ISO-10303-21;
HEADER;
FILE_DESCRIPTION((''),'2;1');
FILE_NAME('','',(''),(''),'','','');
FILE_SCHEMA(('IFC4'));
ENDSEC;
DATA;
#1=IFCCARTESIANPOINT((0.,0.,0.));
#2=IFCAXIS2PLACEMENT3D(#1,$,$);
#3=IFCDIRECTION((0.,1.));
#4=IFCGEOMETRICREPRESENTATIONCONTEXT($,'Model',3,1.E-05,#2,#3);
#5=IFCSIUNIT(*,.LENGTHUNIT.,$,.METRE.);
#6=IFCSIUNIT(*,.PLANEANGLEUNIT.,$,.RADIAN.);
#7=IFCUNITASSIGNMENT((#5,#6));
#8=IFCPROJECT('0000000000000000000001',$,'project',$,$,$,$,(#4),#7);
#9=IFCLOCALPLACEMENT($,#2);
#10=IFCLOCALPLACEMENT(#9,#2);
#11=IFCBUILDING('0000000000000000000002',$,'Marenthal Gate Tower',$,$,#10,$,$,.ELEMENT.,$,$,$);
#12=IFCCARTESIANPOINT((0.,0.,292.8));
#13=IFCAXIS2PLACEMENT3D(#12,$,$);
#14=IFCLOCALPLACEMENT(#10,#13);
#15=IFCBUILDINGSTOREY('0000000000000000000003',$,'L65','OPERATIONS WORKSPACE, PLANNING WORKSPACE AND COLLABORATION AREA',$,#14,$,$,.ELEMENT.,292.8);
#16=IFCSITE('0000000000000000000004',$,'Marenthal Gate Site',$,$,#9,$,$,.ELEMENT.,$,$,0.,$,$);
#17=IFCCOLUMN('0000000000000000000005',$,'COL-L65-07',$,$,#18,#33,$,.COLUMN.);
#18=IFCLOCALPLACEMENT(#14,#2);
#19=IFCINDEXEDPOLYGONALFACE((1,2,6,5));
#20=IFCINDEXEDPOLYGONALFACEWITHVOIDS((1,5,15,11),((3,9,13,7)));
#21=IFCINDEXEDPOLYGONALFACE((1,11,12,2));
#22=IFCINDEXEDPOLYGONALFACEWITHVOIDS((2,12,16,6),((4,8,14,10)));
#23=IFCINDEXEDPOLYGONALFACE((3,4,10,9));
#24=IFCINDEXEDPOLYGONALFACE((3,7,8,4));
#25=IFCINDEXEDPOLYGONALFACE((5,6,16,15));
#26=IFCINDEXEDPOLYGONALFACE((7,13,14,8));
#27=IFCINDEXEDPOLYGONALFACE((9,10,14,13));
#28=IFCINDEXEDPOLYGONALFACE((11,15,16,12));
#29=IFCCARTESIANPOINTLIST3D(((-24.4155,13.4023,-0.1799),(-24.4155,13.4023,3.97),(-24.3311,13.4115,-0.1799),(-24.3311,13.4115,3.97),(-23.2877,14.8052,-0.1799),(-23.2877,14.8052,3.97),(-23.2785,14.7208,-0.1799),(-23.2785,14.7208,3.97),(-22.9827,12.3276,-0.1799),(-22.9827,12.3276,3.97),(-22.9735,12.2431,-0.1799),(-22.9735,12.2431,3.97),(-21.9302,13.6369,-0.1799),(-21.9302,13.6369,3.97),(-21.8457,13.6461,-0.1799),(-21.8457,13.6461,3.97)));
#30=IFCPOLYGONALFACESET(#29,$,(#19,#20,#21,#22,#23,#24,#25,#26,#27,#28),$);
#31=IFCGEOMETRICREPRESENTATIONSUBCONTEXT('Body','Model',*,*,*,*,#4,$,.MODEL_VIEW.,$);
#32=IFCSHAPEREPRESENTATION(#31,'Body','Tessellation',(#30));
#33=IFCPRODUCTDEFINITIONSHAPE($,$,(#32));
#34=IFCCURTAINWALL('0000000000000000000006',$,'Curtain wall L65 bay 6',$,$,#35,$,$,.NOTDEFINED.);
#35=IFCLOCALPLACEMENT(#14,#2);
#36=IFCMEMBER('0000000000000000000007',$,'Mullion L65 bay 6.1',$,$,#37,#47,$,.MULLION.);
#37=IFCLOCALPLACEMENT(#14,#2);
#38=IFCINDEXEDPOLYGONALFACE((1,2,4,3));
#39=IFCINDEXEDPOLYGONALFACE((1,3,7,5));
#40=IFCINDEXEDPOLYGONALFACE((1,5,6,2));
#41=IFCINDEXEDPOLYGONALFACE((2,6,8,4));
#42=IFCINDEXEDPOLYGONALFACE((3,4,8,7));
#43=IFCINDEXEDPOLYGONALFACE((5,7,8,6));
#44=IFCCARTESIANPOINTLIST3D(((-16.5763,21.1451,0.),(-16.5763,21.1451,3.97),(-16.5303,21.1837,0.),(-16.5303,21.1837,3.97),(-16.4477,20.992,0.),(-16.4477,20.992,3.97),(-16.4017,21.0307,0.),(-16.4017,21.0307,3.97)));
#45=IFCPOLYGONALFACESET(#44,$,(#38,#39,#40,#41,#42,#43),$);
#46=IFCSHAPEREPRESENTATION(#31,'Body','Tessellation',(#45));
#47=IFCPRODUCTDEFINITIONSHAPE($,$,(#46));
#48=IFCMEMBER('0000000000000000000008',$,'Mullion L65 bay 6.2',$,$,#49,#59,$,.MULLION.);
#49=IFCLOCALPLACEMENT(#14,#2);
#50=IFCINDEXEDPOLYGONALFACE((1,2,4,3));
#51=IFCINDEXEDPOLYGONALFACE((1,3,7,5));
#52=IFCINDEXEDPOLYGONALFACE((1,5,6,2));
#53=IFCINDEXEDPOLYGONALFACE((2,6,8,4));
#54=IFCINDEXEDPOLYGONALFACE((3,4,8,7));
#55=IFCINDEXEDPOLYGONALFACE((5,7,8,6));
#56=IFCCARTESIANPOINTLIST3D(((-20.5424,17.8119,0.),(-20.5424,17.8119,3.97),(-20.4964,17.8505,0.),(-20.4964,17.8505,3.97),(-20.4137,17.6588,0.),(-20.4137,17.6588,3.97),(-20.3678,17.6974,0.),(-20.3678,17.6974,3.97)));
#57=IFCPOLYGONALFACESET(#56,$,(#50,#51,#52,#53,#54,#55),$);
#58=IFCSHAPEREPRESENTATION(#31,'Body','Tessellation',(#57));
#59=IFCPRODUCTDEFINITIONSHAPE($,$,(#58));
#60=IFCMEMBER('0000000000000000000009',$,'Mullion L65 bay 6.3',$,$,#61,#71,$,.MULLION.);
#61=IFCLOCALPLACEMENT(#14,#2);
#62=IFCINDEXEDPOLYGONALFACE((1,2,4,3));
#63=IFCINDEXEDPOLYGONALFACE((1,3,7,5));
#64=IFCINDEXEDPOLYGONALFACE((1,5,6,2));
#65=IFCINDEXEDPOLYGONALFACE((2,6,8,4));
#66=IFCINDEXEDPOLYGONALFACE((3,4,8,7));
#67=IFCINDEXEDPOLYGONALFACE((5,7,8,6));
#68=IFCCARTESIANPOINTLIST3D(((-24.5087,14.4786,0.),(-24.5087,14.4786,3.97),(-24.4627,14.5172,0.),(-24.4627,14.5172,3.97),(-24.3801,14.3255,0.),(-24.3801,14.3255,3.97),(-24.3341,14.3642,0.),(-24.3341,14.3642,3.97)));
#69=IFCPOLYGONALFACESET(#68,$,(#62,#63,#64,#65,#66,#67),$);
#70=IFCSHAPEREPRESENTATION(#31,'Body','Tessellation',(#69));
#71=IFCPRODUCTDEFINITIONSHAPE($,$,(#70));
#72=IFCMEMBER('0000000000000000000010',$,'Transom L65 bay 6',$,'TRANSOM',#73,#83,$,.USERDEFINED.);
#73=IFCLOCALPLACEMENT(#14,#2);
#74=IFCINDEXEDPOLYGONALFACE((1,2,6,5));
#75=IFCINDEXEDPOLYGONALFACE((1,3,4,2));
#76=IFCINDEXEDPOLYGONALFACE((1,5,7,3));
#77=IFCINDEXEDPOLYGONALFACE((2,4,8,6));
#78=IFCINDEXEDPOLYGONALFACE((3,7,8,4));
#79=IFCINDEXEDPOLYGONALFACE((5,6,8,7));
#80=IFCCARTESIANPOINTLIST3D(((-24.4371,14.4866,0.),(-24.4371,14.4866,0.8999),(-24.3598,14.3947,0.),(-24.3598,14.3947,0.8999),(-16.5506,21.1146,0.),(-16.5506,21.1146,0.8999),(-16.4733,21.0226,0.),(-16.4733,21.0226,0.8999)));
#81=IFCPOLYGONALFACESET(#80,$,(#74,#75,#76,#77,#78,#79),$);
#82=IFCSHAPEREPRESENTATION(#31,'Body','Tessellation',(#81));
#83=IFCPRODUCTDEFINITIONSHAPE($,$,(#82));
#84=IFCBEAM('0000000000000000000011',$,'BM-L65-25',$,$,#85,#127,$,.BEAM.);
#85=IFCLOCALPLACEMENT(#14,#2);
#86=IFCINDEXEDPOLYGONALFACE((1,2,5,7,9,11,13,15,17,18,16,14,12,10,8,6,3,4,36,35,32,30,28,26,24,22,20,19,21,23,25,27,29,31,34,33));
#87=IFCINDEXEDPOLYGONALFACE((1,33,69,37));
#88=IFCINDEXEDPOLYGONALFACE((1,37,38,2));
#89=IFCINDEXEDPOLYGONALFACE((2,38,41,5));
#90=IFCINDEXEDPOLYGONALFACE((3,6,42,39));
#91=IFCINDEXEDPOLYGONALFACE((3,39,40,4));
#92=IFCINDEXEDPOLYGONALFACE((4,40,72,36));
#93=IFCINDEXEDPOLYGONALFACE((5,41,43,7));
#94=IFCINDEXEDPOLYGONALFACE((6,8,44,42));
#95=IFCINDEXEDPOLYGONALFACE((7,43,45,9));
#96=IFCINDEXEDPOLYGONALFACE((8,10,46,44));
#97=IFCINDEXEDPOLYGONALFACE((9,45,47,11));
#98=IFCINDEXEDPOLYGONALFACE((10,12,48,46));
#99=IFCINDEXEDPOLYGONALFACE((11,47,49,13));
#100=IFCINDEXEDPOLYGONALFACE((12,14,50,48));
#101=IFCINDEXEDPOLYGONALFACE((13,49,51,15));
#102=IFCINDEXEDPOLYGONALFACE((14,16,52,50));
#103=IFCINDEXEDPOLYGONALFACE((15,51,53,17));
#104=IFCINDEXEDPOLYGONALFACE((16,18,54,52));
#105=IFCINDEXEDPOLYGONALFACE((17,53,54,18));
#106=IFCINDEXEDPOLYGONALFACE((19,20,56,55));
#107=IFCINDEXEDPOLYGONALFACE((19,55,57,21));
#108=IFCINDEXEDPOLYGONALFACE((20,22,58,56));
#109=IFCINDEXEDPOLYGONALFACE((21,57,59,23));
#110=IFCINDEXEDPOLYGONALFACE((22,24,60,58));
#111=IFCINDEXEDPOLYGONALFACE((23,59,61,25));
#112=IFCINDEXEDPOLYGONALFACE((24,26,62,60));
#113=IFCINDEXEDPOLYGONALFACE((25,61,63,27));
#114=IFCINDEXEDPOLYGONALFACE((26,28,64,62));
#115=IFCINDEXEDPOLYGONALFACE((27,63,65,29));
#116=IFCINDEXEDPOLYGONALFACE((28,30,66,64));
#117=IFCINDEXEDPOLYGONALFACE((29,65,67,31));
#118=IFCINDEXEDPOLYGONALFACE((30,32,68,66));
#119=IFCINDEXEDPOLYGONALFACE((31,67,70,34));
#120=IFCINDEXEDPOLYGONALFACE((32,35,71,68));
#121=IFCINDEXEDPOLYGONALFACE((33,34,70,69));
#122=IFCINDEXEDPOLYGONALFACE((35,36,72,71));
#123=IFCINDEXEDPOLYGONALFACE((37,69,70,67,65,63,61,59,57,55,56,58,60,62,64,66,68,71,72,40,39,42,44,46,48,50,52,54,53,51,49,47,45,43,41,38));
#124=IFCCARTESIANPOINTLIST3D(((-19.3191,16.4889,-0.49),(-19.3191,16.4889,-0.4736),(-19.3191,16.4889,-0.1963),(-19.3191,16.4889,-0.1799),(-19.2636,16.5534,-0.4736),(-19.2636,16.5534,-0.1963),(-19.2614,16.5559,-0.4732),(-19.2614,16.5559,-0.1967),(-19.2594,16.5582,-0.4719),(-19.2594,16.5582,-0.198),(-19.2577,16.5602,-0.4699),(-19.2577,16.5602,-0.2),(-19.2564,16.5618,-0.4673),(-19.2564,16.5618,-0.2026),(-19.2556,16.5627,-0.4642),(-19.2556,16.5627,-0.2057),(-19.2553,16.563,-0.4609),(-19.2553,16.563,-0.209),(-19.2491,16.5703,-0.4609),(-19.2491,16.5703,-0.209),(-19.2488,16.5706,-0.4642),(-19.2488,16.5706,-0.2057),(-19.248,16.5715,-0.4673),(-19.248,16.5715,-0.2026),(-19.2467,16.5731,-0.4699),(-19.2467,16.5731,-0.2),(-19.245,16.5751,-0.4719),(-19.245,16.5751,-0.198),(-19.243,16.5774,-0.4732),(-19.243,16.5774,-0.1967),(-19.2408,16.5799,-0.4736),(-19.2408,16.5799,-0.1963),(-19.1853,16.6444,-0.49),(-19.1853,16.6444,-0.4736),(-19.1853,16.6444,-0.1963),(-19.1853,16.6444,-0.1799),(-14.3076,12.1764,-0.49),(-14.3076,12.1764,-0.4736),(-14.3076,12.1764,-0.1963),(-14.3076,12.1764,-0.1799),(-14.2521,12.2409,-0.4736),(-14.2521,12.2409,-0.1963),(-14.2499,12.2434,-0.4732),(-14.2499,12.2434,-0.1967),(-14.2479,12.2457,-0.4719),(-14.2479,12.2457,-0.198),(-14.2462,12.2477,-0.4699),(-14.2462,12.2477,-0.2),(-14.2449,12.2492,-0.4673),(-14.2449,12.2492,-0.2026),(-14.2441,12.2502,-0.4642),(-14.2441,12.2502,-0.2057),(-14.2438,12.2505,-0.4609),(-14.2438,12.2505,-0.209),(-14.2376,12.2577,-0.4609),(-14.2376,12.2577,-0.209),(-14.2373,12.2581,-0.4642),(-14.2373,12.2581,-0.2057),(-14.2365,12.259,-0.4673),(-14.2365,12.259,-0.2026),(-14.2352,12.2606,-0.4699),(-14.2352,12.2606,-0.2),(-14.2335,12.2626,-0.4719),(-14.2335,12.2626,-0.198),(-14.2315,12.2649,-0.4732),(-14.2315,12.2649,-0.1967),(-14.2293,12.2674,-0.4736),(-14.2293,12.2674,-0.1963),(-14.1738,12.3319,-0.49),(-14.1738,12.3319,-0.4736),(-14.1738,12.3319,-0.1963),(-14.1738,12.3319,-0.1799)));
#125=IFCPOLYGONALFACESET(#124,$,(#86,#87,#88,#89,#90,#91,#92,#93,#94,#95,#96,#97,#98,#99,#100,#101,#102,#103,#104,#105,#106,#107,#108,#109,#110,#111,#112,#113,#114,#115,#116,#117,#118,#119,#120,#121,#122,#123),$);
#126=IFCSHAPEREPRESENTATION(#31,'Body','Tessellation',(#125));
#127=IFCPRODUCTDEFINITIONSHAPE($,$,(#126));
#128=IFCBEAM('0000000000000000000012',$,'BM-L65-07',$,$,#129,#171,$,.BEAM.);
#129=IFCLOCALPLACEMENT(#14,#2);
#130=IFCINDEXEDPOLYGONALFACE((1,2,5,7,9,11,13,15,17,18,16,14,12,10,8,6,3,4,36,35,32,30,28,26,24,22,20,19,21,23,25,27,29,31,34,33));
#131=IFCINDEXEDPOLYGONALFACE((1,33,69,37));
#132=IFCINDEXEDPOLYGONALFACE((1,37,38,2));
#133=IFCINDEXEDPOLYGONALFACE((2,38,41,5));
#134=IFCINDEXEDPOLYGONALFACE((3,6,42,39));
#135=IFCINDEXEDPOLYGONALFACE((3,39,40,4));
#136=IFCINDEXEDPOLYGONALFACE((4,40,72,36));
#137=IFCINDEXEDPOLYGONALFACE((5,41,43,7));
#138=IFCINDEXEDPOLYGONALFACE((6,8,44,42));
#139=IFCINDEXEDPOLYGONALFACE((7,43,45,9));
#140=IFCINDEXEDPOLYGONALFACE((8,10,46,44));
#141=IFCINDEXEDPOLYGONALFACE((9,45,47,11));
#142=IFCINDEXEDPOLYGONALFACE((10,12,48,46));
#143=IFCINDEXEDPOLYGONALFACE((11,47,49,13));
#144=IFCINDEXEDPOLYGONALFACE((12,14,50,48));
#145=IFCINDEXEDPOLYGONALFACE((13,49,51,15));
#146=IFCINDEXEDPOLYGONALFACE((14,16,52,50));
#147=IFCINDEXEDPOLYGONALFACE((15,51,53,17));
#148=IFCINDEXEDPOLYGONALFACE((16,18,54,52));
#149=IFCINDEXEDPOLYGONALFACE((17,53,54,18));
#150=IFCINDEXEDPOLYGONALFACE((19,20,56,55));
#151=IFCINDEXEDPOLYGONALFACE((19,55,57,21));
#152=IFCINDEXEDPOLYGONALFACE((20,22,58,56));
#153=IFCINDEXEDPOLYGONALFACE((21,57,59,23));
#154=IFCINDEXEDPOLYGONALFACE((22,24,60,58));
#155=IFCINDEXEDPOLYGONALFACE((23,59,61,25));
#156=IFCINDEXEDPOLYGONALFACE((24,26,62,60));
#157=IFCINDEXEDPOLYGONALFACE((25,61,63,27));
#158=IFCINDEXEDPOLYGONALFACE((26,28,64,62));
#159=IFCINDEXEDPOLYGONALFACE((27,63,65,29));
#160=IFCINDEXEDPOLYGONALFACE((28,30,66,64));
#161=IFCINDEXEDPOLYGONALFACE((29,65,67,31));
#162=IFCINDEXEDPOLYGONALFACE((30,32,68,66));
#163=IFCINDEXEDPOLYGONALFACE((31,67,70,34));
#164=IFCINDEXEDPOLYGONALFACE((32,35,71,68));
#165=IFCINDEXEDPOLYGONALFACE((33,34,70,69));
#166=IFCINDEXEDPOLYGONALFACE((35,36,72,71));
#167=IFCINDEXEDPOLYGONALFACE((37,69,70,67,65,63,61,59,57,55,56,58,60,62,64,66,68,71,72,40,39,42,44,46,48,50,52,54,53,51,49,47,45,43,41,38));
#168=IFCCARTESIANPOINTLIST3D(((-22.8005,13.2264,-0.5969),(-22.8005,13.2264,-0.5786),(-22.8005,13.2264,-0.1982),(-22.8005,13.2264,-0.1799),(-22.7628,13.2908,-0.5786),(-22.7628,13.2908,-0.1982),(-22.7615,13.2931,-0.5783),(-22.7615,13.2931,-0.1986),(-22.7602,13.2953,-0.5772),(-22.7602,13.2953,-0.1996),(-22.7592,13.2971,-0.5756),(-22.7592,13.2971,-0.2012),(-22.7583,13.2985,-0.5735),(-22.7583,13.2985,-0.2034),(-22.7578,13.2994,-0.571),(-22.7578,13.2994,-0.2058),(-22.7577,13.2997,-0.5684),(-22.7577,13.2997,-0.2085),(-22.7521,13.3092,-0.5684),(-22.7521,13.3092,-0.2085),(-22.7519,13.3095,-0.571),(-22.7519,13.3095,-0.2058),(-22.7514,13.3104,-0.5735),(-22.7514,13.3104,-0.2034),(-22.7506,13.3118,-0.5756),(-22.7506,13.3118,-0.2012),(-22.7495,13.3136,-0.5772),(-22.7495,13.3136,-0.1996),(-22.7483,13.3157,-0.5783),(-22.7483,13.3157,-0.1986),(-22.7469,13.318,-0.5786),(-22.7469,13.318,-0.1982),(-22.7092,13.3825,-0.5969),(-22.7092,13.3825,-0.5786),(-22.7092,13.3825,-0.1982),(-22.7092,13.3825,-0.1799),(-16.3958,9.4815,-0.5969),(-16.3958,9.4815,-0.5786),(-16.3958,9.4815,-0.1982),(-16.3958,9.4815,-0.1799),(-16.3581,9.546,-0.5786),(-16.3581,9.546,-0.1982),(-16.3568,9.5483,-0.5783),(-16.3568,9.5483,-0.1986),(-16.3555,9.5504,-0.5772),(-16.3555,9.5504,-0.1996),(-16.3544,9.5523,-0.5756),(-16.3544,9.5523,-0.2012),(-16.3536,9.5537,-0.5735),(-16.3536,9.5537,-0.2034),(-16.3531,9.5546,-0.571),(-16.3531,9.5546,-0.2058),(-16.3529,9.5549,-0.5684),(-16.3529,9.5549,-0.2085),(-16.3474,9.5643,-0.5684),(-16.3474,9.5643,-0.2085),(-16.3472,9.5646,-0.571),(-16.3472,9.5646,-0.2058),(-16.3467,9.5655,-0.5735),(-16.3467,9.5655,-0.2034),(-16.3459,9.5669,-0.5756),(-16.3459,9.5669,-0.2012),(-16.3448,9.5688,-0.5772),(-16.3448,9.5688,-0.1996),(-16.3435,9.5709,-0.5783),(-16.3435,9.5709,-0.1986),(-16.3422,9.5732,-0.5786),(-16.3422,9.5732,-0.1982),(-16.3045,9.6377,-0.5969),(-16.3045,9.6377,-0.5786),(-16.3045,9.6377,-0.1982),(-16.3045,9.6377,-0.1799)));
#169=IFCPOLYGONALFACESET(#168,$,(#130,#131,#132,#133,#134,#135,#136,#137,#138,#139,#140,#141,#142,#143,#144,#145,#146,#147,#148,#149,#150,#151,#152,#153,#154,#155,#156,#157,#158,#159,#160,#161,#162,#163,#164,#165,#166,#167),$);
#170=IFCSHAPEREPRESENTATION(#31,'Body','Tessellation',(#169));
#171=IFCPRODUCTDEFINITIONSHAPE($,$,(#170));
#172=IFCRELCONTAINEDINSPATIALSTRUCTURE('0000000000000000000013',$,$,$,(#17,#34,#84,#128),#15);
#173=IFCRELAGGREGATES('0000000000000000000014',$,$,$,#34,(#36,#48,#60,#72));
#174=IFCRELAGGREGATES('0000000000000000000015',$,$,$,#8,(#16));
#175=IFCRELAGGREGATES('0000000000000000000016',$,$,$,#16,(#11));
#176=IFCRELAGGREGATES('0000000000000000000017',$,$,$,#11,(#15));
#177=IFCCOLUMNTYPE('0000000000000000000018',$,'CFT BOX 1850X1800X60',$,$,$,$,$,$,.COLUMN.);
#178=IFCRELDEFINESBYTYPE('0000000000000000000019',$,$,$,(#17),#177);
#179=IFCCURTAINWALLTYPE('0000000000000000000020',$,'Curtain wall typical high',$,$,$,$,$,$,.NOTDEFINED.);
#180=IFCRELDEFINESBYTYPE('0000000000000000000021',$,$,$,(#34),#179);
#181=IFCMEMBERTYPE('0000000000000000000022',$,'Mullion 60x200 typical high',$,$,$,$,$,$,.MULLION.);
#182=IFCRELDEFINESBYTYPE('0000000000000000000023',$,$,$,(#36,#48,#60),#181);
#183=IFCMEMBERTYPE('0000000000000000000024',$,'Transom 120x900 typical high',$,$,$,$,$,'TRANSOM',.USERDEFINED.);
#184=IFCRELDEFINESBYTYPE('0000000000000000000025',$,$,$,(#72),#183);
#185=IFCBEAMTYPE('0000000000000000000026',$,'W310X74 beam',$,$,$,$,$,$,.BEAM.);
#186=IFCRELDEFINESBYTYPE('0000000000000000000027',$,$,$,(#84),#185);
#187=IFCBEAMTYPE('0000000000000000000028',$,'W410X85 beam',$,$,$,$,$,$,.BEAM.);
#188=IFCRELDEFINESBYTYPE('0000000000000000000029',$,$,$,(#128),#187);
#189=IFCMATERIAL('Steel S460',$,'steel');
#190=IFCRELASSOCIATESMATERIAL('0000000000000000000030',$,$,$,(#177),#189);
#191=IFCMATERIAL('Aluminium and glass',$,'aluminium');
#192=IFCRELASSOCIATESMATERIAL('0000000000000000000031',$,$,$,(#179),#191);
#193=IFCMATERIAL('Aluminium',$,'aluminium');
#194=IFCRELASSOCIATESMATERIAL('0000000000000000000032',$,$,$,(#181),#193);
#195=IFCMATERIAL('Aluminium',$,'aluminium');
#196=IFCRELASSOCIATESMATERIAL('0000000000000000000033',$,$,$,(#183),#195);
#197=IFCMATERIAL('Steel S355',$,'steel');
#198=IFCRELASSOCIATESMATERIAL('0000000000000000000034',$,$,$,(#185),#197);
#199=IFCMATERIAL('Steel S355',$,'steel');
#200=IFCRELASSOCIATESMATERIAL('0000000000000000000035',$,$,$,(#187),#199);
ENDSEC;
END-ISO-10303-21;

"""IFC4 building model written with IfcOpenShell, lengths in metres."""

from ifc_helpers import new_model, si_unit, direction, frame, origin, origin_2d, place, context, subcontext, project, spatial, rectangle, hollow_rectangle, i_section, extrude, material, material_profile, profile_set, type_object, element, aggregate, save


model = new_model("IFC4")

# Units and contexts
model_context = context("Model", 3, precision=1e-05, world=origin(), true_north=direction((0.0, 1.0)))
body_context = subcontext(model_context, "Body", "Model", "MODEL_VIEW")
ifc_project = project(units=[si_unit("LENGTHUNIT", "METRE"), si_unit("PLANEANGLEUNIT", "RADIAN")], contexts=[model_context])

# Site, building, storey
site_placement = place(None, origin())
site = spatial("IfcSite", under=ifc_project, at=site_placement, Name="Marenthal Gate Site", CompositionType="ELEMENT", RefElevation=0.0)
building_placement = place(site_placement, origin())
building = spatial("IfcBuilding", under=site, at=building_placement, Name="Marenthal Gate Tower", CompositionType="ELEMENT")
storey_placement = place(building_placement, frame((0.0, 0.0, 292.8)))
storey = spatial("IfcBuildingStorey", under=building, at=storey_placement, Name="L65", Description="OPERATIONS WORKSPACE, PLANNING WORKSPACE AND COLLABORATION AREA", CompositionType="ELEMENT", Elevation=292.8)

# Column
ifc_material_1 = material(Name="Steel S460", Category="steel")
ifc_material_profile_1 = material_profile(ifc_material_1, hollow_rectangle(XDim=1.8, YDim=1.8501, WallThickness=0.0601, at=origin_2d()), Name="CFT BOX 1850X1800X60")
ifc_material_2 = material(Name="Concrete 70 MPa", Category="concrete")
ifc_material_profile_2 = material_profile(ifc_material_2, rectangle(XDim=1.6799, YDim=1.73, at=origin_2d()), Name="CFT BOX 1850X1800X60 INFILL")
ifc_profile_set_1 = profile_set([ifc_material_profile_1, ifc_material_profile_2], Name="Steel S460 shell, Concrete 70 MPa infill")
column_type = type_object("IfcColumnType", Name="CFT BOX 1850X1800X60", PredefinedType="COLUMN", material=ifc_profile_set_1)
column_placement = place(storey_placement, frame((-23.1306, 13.5242, -0.1799), z_axis=(0.0, 0.0, 1.0), x_axis=(0.62654, 0.779389, 0.0)))
element("IfcColumn", 1, at=column_placement, inside=storey, type_object=column_type, Name="COL-L65-07", PredefinedType="COLUMN", context=body_context, shape_type="SweptSolid", body=[
    extrude(hollow_rectangle(XDim=1.8, YDim=1.8501, WallThickness=0.0601, at=origin_2d()), origin(), (0.0, 0.0, 1.0), 4.1499),
])

# Curtain wall, members
ifc_material_3 = material(Name="Aluminium and glass", Category="aluminium")
curtain_wall_type = type_object("IfcCurtainWallType", Name="Curtain wall typical high", PredefinedType="NOTDEFINED", material=ifc_material_3)
curtain_wall_placement = place(storey_placement, origin())
curtain_wall = element("IfcCurtainWall", 2, at=curtain_wall_placement, inside=storey, type_object=curtain_wall_type, Name="Curtain wall L65 bay 6", PredefinedType="NOTDEFINED")
ifc_material_4 = material(Name="Aluminium", Category="aluminium")
ifc_material_profile_3 = material_profile(ifc_material_4, rectangle(XDim=0.2, YDim=0.0601, at=origin_2d()), Name="60x200 aluminium mullion")
ifc_profile_set_2 = profile_set([ifc_material_profile_3], Name="Aluminium")
member_type_1 = type_object("IfcMemberType", Name="Mullion 60x200 typical high", PredefinedType="MULLION", material=ifc_profile_set_2)
member_1_placement = place(storey_placement, frame((-16.489, 21.0879, 0.0), z_axis=(0.0, 0.0, 1.0), x_axis=(0.64338, -0.765547, 0.0)))
member_1 = element("IfcMember", 3, at=member_1_placement, type_object=member_type_1, Name="Mullion L65 bay 6.1", PredefinedType="MULLION", context=body_context, shape_type="SweptSolid", body=[
    extrude(rectangle(XDim=0.2, YDim=0.0601, at=origin_2d()), origin(), (0.0, 0.0, 1.0), 3.97),
])
member_2_placement = place(storey_placement, frame((-20.4551, 17.7546, 0.0), z_axis=(0.0, 0.0, 1.0), x_axis=(0.64338, -0.765547, 0.0)))
member_2 = element("IfcMember", 4, at=member_2_placement, type_object=member_type_1, Name="Mullion L65 bay 6.2", PredefinedType="MULLION", context=body_context, shape_type="SweptSolid", body=[
    extrude(rectangle(XDim=0.2, YDim=0.0601, at=origin_2d()), origin(), (0.0, 0.0, 1.0), 3.97),
])
member_3_placement = place(storey_placement, frame((-24.4214, 14.4214, 0.0), z_axis=(0.0, 0.0, 1.0), x_axis=(0.64338, -0.765547, 0.0)))
member_3 = element("IfcMember", 5, at=member_3_placement, type_object=member_type_1, Name="Mullion L65 bay 6.3", PredefinedType="MULLION", context=body_context, shape_type="SweptSolid", body=[
    extrude(rectangle(XDim=0.2, YDim=0.0601, at=origin_2d()), origin(), (0.0, 0.0, 1.0), 3.97),
])
ifc_material_5 = material(Name="Aluminium", Category="aluminium")
ifc_material_profile_4 = material_profile(ifc_material_5, rectangle(XDim=0.1201, YDim=0.8999, at=origin_2d()), Name="120x900 aluminium transom")
ifc_profile_set_3 = profile_set([ifc_material_profile_4], Name="Aluminium")
member_type_2 = type_object("IfcMemberType", Name="Transom 120x900 typical high", ElementType="TRANSOM", PredefinedType="USERDEFINED", material=ifc_profile_set_3)
member_4_placement = place(storey_placement, frame((-16.512, 21.0686, 0.45), z_axis=(-0.765548, -0.643379, 0.0), x_axis=(0.643379, -0.765548, 0.0)))
member_4 = element("IfcMember", 6, at=member_4_placement, type_object=member_type_2, Name="Transom L65 bay 6", ObjectType="TRANSOM", PredefinedType="USERDEFINED", context=body_context, shape_type="SweptSolid", body=[
    extrude(rectangle(XDim=0.1201, YDim=0.8999, at=origin_2d()), origin(), (0.0, 0.0, 1.0), 10.3018),
])

# Beams
ifc_material_6 = material(Name="Steel S355", Category="steel")
ifc_material_profile_5 = material_profile(ifc_material_6, i_section(OverallWidth=0.2051, OverallDepth=0.3101, WebThickness=0.0095, FlangeThickness=0.0164, FilletRadius=0.0127, at=origin_2d()), Name="W310X74")
ifc_profile_set_4 = profile_set([ifc_material_profile_5], Name="Steel S355")
beam_type_1 = type_object("IfcBeamType", Name="W310X74 beam", PredefinedType="BEAM", material=ifc_profile_set_4)
beam_1_placement = place(storey_placement, frame((-19.2522, 16.5667, -0.335), z_axis=(0.757988, -0.652268, 0.0), x_axis=(0.652268, 0.757988, 0.0)))
element("IfcBeam", 7, at=beam_1_placement, inside=storey, type_object=beam_type_1, Name="BM-L65-25", PredefinedType="BEAM", context=body_context, shape_type="SweptSolid", body=[
    extrude(i_section(OverallWidth=0.2051, OverallDepth=0.3101, WebThickness=0.0095, FlangeThickness=0.0164, FilletRadius=0.0127, at=origin_2d()), origin(), (0.0, 0.0, 1.0), 6.6116),
])
ifc_material_7 = material(Name="Steel S355", Category="steel")
ifc_material_profile_6 = material_profile(ifc_material_7, i_section(OverallWidth=0.1809, OverallDepth=0.417, WebThickness=0.011, FlangeThickness=0.0183, FilletRadius=0.0103, at=origin_2d()), Name="W410X85")
ifc_profile_set_5 = profile_set([ifc_material_profile_6], Name="Steel S355")
beam_type_2 = type_object("IfcBeamType", Name="W410X85 beam", PredefinedType="BEAM", material=ifc_profile_set_5)
beam_2_placement = place(storey_placement, frame((-22.7549, 13.3044, -0.3884), z_axis=(0.863265, -0.504751, 0.0), x_axis=(0.504751, 0.863265, 0.0)))
element("IfcBeam", 8, at=beam_2_placement, inside=storey, type_object=beam_type_2, Name="BM-L65-07", PredefinedType="BEAM", context=body_context, shape_type="SweptSolid", body=[
    extrude(i_section(OverallWidth=0.1809, OverallDepth=0.417, WebThickness=0.011, FlangeThickness=0.0183, FilletRadius=0.0103, at=origin_2d()), origin(), (0.0, 0.0, 1.0), 7.4192),
])

aggregate(curtain_wall, [member_1, member_2, member_3, member_4])

save(model, "model.ifc")
